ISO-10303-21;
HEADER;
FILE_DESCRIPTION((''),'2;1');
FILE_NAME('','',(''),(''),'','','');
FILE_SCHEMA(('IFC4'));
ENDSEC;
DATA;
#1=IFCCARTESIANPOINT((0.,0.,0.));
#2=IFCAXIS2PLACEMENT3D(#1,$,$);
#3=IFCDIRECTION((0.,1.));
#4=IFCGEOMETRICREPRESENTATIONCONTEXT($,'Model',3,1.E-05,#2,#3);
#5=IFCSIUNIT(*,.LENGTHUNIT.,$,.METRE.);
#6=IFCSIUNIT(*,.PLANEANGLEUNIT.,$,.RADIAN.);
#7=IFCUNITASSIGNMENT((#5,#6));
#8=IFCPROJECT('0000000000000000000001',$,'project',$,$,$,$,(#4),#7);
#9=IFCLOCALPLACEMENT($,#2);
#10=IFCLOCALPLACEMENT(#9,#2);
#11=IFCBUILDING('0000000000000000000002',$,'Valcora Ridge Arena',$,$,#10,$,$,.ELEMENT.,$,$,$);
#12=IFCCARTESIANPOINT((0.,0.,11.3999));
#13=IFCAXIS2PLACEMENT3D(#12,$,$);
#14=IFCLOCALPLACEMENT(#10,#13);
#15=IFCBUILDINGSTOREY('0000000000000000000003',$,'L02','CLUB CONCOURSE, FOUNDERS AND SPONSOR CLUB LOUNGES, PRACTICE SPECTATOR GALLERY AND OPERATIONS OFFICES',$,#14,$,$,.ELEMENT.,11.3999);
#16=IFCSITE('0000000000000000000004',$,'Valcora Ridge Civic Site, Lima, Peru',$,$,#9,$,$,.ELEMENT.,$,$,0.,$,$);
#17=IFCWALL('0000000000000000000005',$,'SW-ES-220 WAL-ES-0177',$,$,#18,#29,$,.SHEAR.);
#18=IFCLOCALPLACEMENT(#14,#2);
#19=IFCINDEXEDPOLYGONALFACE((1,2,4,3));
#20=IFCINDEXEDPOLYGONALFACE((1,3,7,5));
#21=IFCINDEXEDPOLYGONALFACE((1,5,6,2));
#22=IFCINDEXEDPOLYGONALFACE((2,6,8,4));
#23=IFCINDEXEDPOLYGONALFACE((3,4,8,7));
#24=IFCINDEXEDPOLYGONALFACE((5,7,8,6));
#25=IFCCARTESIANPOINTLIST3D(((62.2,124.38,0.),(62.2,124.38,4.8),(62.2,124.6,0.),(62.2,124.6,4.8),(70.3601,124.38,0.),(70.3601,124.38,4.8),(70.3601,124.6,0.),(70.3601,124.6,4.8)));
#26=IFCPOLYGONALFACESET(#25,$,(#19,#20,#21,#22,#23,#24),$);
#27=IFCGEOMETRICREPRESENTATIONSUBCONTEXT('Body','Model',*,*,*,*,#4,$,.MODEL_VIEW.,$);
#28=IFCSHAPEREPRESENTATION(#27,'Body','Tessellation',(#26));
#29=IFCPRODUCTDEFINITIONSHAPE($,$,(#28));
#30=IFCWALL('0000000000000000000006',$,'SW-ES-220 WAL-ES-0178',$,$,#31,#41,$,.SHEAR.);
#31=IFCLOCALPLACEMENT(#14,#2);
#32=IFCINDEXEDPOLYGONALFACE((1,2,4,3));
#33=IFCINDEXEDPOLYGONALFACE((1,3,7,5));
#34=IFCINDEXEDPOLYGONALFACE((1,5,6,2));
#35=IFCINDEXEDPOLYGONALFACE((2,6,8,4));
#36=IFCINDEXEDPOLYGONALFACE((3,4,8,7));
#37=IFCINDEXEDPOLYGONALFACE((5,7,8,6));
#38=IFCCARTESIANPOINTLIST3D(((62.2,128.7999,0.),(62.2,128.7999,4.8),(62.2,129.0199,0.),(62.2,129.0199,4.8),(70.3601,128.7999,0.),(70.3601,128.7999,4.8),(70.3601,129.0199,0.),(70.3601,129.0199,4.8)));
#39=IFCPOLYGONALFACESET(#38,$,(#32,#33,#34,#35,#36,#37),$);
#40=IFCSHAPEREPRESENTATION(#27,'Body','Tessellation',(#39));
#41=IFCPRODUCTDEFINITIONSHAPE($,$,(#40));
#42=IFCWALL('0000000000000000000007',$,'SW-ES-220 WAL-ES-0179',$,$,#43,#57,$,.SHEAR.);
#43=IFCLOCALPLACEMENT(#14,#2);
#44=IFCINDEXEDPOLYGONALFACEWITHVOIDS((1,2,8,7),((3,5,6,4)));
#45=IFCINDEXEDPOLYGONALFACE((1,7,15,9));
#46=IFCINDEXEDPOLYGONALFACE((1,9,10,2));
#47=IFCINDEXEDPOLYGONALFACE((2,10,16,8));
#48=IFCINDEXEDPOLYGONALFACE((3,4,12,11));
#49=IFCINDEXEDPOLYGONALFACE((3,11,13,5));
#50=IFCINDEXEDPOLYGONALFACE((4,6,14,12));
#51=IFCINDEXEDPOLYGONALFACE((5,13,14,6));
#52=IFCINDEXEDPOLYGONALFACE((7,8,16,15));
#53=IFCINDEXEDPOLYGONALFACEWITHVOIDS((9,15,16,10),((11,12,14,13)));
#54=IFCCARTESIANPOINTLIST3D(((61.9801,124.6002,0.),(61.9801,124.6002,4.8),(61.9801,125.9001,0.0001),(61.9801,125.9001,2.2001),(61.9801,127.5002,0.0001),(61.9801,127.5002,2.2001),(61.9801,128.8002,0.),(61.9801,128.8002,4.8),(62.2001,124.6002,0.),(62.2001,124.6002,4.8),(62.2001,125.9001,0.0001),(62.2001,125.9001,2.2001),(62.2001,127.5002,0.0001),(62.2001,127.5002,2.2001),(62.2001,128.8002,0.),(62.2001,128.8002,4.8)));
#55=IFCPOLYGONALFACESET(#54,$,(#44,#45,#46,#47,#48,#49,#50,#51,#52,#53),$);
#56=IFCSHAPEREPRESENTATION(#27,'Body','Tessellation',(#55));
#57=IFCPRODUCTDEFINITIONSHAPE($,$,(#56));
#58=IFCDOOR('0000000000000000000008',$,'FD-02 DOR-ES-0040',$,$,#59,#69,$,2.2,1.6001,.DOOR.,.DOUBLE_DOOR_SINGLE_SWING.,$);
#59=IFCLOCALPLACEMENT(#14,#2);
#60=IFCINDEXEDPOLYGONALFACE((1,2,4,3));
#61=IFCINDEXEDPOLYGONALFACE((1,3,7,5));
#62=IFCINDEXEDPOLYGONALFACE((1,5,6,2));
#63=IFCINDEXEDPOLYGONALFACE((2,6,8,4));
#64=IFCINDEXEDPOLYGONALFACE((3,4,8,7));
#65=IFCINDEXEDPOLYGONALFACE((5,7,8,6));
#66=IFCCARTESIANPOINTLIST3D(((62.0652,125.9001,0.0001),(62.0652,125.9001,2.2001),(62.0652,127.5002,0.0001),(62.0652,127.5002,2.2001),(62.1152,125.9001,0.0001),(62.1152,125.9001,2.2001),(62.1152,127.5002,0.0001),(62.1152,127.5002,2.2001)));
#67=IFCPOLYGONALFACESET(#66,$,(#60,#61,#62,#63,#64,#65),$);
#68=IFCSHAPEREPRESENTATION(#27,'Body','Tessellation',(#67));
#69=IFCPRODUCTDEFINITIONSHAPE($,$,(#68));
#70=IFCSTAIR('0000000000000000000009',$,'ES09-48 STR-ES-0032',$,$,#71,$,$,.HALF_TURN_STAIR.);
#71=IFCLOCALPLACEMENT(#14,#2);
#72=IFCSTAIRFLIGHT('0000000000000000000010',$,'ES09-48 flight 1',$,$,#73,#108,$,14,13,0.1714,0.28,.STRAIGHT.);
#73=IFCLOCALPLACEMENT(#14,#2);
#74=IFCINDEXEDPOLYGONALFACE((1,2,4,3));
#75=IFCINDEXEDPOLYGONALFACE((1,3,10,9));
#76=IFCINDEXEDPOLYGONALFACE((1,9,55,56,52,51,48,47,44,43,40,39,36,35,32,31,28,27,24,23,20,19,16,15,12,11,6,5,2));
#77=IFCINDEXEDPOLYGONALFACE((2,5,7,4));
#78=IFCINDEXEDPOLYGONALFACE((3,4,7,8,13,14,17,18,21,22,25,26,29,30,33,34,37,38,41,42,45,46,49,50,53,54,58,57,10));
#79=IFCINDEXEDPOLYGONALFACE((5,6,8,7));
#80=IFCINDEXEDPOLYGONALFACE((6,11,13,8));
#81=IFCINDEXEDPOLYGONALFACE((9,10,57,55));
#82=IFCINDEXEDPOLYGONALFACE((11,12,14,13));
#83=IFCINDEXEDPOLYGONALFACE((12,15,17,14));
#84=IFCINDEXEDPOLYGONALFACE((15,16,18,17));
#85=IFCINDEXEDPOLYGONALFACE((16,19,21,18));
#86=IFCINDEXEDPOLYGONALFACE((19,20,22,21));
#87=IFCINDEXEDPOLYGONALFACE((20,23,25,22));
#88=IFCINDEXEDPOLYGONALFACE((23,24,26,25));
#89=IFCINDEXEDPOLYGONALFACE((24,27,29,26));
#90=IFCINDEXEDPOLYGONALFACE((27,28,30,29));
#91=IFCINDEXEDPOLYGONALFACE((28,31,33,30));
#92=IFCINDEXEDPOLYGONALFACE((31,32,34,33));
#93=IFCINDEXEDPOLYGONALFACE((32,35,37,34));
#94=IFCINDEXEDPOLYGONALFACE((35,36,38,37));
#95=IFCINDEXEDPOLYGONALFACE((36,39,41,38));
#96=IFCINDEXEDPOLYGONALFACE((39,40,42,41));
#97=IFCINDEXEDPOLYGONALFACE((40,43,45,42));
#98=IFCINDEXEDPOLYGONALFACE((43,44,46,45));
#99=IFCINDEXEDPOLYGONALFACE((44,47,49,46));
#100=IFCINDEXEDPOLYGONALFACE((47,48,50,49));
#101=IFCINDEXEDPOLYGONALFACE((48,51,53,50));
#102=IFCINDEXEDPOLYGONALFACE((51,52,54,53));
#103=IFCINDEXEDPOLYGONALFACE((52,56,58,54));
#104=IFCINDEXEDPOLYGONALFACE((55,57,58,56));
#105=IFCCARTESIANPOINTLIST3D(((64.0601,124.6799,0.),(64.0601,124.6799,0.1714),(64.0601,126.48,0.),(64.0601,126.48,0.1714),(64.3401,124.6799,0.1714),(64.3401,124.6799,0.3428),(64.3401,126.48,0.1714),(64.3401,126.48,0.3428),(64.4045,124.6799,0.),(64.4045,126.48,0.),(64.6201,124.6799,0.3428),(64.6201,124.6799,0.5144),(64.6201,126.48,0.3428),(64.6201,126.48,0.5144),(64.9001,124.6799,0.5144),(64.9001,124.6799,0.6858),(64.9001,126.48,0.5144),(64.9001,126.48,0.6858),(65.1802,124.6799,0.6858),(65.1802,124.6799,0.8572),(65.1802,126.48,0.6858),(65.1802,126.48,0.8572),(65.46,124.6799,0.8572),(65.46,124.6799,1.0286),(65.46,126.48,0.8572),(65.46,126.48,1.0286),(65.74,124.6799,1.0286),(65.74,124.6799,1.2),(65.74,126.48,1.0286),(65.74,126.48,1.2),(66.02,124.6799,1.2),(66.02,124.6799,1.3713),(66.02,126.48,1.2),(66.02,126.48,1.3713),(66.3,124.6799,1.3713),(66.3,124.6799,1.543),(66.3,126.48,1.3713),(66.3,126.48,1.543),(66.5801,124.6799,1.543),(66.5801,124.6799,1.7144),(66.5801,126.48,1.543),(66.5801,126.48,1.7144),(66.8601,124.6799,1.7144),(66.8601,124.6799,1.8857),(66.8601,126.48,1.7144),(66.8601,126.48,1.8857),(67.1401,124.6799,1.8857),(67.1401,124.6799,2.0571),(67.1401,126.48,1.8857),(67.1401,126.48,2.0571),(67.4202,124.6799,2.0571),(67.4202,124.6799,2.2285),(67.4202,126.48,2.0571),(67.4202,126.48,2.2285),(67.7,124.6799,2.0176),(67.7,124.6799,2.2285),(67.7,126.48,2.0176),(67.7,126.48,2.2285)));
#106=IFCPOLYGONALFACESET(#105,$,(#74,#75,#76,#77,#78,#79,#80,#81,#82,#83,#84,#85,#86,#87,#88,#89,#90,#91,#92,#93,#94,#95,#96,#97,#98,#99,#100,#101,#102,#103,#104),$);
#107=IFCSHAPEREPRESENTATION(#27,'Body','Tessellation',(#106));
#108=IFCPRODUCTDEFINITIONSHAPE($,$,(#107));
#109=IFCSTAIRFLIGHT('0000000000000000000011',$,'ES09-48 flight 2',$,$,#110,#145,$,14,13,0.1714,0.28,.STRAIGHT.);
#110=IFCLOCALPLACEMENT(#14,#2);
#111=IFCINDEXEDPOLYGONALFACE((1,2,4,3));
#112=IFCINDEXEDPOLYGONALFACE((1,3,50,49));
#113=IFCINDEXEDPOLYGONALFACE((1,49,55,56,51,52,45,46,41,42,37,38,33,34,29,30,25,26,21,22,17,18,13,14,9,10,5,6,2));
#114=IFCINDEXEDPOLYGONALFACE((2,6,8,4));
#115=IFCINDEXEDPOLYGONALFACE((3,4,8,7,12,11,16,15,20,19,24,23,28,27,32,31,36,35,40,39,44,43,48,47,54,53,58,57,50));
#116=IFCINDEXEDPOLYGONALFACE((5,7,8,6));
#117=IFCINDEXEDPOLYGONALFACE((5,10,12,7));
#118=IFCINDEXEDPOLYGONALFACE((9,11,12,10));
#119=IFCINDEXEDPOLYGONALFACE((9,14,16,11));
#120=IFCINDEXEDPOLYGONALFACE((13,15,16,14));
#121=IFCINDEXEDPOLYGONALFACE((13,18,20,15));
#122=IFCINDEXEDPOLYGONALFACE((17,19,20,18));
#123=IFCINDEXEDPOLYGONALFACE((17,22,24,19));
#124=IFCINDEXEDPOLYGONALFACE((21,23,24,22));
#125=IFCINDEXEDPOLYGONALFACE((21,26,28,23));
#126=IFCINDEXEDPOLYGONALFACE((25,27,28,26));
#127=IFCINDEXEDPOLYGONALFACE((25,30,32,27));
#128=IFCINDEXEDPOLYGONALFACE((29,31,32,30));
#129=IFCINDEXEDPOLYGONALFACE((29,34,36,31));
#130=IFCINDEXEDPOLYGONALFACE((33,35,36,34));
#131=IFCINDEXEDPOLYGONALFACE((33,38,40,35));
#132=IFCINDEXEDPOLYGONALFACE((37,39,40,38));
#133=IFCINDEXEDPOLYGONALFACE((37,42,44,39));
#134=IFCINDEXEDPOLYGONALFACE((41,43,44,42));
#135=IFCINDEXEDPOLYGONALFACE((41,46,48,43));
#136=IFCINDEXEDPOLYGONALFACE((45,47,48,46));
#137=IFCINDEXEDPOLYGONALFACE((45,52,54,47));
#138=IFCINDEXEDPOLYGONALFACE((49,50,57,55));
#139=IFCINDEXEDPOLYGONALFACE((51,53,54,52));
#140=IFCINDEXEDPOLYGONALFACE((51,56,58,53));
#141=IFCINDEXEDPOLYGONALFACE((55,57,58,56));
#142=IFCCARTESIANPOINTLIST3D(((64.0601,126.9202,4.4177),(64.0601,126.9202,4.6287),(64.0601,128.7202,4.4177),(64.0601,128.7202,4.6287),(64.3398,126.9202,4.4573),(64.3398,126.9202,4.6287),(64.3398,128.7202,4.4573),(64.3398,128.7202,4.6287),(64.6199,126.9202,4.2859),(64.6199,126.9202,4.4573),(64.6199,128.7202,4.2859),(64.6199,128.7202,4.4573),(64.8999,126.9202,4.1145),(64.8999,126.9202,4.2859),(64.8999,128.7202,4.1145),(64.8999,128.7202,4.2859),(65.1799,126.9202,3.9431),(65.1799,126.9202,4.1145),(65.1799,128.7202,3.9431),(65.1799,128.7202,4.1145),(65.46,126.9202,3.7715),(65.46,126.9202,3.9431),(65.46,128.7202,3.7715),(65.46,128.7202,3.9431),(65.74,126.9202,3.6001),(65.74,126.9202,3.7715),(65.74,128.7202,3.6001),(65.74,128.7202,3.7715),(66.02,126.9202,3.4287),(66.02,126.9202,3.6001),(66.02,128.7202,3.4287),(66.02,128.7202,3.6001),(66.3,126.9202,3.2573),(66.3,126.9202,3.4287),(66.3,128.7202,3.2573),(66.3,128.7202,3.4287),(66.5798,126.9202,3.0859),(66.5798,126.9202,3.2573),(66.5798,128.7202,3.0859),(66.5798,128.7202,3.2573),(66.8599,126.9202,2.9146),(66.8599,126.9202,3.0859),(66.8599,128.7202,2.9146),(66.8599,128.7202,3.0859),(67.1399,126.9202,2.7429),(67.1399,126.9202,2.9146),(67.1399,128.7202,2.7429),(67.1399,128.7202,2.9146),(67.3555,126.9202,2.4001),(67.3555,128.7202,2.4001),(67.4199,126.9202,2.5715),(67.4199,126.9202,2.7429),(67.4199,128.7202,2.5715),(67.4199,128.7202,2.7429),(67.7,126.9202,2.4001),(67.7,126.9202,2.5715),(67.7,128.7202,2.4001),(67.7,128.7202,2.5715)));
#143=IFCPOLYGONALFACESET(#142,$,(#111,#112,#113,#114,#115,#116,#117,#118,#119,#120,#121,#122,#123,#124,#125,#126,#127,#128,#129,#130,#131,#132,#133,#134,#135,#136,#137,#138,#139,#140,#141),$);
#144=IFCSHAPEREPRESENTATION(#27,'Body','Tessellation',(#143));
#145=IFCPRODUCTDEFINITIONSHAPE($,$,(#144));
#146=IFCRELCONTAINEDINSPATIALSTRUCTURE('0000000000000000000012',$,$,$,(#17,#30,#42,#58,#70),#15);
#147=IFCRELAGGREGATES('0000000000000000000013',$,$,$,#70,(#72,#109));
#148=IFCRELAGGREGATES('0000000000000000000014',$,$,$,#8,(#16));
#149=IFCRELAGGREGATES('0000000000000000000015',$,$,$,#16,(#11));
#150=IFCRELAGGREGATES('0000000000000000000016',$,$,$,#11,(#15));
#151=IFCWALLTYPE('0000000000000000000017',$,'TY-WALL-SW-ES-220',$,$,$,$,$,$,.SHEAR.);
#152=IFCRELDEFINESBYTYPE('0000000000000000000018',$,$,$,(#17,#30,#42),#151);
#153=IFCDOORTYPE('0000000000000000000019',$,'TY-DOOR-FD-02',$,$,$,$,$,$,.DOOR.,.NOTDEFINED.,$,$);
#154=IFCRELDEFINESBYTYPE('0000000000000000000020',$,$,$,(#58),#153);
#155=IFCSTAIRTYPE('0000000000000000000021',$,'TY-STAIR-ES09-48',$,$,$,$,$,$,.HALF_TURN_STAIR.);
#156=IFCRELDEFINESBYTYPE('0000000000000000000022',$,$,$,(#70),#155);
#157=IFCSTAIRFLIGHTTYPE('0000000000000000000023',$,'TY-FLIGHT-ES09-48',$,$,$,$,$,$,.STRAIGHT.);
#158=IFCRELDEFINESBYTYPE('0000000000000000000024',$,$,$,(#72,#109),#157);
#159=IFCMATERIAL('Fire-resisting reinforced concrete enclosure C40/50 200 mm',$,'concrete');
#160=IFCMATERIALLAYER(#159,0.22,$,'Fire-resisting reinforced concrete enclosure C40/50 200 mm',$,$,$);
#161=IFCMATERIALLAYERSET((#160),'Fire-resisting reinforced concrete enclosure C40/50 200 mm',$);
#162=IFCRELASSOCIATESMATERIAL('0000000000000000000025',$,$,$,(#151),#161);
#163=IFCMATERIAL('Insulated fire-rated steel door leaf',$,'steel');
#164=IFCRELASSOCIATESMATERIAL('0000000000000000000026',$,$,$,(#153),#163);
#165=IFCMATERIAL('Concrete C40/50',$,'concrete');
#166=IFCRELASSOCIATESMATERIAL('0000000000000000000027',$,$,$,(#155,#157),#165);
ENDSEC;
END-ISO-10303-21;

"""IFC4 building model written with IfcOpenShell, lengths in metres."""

from ifc_helpers import new_model, si_unit, direction, frame, frame_2d, origin, place, context, subcontext, project, spatial, polyline, rectangle, outline, extrude, material, layer, layer_set, type_object, element, fill, aggregate, save


model = new_model("IFC4")

# Units and contexts
model_context = context("Model", 3, precision=1e-05, world=origin(), true_north=direction((0.0, 1.0)))
body_context = subcontext(model_context, "Body", "Model", "MODEL_VIEW")
ifc_project = project(units=[si_unit("LENGTHUNIT", "METRE"), si_unit("PLANEANGLEUNIT", "RADIAN")], contexts=[model_context])

# Site, building, storey
site_placement = place(None, origin())
site = spatial("IfcSite", under=ifc_project, at=site_placement, Name="Valcora Ridge Civic Site, Lima, Peru", CompositionType="ELEMENT", RefElevation=0.0)
building_placement = place(site_placement, origin())
building = spatial("IfcBuilding", under=site, at=building_placement, Name="Valcora Ridge Arena", CompositionType="ELEMENT")
storey_placement = place(building_placement, frame((0.0, 0.0, 11.3999)))
storey = spatial("IfcBuildingStorey", under=building, at=storey_placement, Name="L02", Description="CLUB CONCOURSE, FOUNDERS AND SPONSOR CLUB LOUNGES, PRACTICE SPECTATOR GALLERY AND OPERATIONS OFFICES", CompositionType="ELEMENT", Elevation=11.3999)

# Shared definitions
ifc_material_1 = material(Name="Concrete C40/50", Category="concrete")

# Walls
ifc_material_2 = material(Name="Fire-resisting reinforced concrete enclosure C40/50 200 mm", Category="concrete")
ifc_layer_1 = layer(ifc_material_2, 0.22, Name="Fire-resisting reinforced concrete enclosure C40/50 200 mm")
ifc_layer_set_1 = layer_set([ifc_layer_1], Name="Fire-resisting reinforced concrete enclosure C40/50 200 mm")
wall_type_1 = type_object("IfcWallType", Name="TY-WALL-SW-ES-220", PredefinedType="SHEAR", material=ifc_layer_set_1)
for number, where, z_axis, x_axis, name in (
    (1, (62.2, 124.49, 0.0), (0.0, 0.0, 1.0), (1.0, 0.0, 0.0), "SW-ES-220 WAL-ES-0177"),
    (2, (62.2, 128.9099, 0.0), (0.0, 0.0, 1.0), (1.0, 0.0, 0.0), "SW-ES-220 WAL-ES-0178"),
):
    element("IfcWall", number, at=place(storey_placement, frame(where, z_axis=z_axis, x_axis=x_axis)), inside=storey, type_object=wall_type_1, Name=name, PredefinedType="SHEAR", context=body_context, shape_type="SweptSolid", body=[
        extrude(rectangle(XDim=8.1602, YDim=0.22, at=frame_2d((4.0801, 0.0))), origin(), (0.0, 0.0, 1.0), 4.8),
    ])

# Wall, opening, door
wall_1_placement = place(storey_placement, frame((62.0901, 124.6001, 0.0), z_axis=(0.0, 0.0, 1.0), x_axis=(0.0, 1.0, 0.0)))
wall_1 = element("IfcWall", 3, at=wall_1_placement, inside=storey, type_object=wall_type_1, Name="SW-ES-220 WAL-ES-0179", PredefinedType="SHEAR", context=body_context, shape_type="SweptSolid", body=[
    extrude(rectangle(XDim=4.2, YDim=0.22, at=frame_2d((2.1001, 0.0))), origin(), (0.0, 0.0, 1.0), 4.8),
])
opening_1_placement = place(wall_1_placement, frame((1.3, 0.0, 0.0)))
opening_1 = element("IfcOpeningElement", 4, at=opening_1_placement, cuts=wall_1, PredefinedType="OPENING", context=body_context, shape_type="SweptSolid", body=[
    extrude(rectangle(XDim=1.6001, YDim=2.2, at=frame_2d((0.8, 1.1001))), frame((0.0, 0.1199, 0.0), z_axis=(0.0, -1.0, 0.0), x_axis=(1.0, 0.0, 0.0)), (0.0, 0.0, 1.0), 0.24),
])
ifc_material_3 = material(Name="Insulated fire-rated steel door leaf", Category="steel")
door_type = type_object("IfcDoorType", Name="TY-DOOR-FD-02", OperationType="NOTDEFINED", PredefinedType="DOOR", material=ifc_material_3)
door_placement = place(opening_1_placement, origin())
door = element("IfcDoor", 5, at=door_placement, inside=storey, type_object=door_type, Name="FD-02 DOR-ES-0040", OperationType="DOUBLE_DOOR_SINGLE_SWING", OverallHeight=2.2, OverallWidth=1.6001, PredefinedType="DOOR", context=body_context, shape_type="SweptSolid", body=[
    extrude(rectangle(XDim=1.6001, YDim=2.2, at=frame_2d((0.8, 1.1001))), frame((0.0, 0.0249, 0.0), z_axis=(0.0, -1.0, 0.0), x_axis=(1.0, 0.0, 0.0)), (0.0, 0.0, 1.0), 0.05),
])
fill(opening_1, door)

# Stair, stair flights
stair_type = type_object("IfcStairType", Name="TY-STAIR-ES09-48", PredefinedType="HALF_TURN_STAIR", material=ifc_material_1)
stair_placement = place(storey_placement, origin())
stair = element("IfcStair", 6, at=stair_placement, inside=storey, type_object=stair_type, Name="ES09-48 STR-ES-0032", PredefinedType="HALF_TURN_STAIR")
stair_flight_type = type_object("IfcStairFlightType", Name="TY-FLIGHT-ES09-48", PredefinedType="STRAIGHT", material=ifc_material_1)
stair_flight_1_placement = place(storey_placement, frame((64.0601, 125.5801, 0.0), z_axis=(0.0, 0.0, 1.0), x_axis=(1.0, 0.0, 0.0)))
stair_flight_1 = element("IfcStairFlight", 7, at=stair_flight_1_placement, type_object=stair_flight_type, Name="ES09-48 flight 1", NumberOfRisers=14, NumberOfTreads=13, PredefinedType="STRAIGHT", RiserHeight=0.1714, TreadLength=0.28, context=body_context, shape_type="SweptSolid", body=[
    extrude(outline(polyline([(0.0, 0.0), (0.0, 0.1714), (0.28, 0.1714), (0.28, 0.3428), (0.5601, 0.3428), (0.5601, 0.5144), (0.8401, 0.5144), (0.8401, 0.6858), (1.1201, 0.6858), (1.1201, 0.8572), (1.3999, 0.8572), (1.3999, 1.0286), (1.6799, 1.0286), (1.6799, 1.2), (1.96, 1.2), (1.96, 1.3713), (2.24, 1.3713), (2.24, 1.543), (2.52, 1.543), (2.52, 1.7144), (2.8, 1.7144), (2.8, 1.8857), (3.0801, 1.8857), (3.0801, 2.0571), (3.3601, 2.0571), (3.3601, 2.2285), (3.6399, 2.2285), (3.6399, 2.3999), (3.6399, 2.0176), (0.3445, 0.0), (0.0, 0.0)])), frame((0.0, 0.8999, 0.0), z_axis=(0.0, -1.0, 0.0), x_axis=(1.0, 0.0, 0.0)), (0.0, 0.0, 1.0), 1.8),
])
stair_flight_2_placement = place(storey_placement, frame((67.7, 127.8201, 2.4001), z_axis=(0.0, 0.0, 1.0), x_axis=(-1.0, 0.0, 0.0)))
stair_flight_2 = element("IfcStairFlight", 8, at=stair_flight_2_placement, type_object=stair_flight_type, Name="ES09-48 flight 2", NumberOfRisers=14, NumberOfTreads=13, PredefinedType="STRAIGHT", RiserHeight=0.1714, TreadLength=0.28, context=body_context, shape_type="SweptSolid", body=[
    extrude(outline(polyline([(0.0, 0.0), (0.0, 0.1714), (0.28, 0.1714), (0.28, 0.3428), (0.5601, 0.3428), (0.5601, 0.5144), (0.8401, 0.5144), (0.8401, 0.6858), (1.1201, 0.6858), (1.1201, 0.8572), (1.3999, 0.8572), (1.3999, 1.0286), (1.6799, 1.0286), (1.6799, 1.2), (1.96, 1.2), (1.96, 1.3713), (2.24, 1.3713), (2.24, 1.543), (2.52, 1.543), (2.52, 1.7144), (2.8, 1.7144), (2.8, 1.8857), (3.0801, 1.8857), (3.0801, 2.0571), (3.3601, 2.0571), (3.3601, 2.2285), (3.6399, 2.2285), (3.6399, 2.3999), (3.6399, 2.0176), (0.3445, 0.0), (0.0, 0.0)])), frame((0.0, 0.8999, 0.0), z_axis=(0.0, -1.0, 0.0), x_axis=(1.0, 0.0, 0.0)), (0.0, 0.0, 1.0), 1.8),
])
aggregate(stair, [stair_flight_1, stair_flight_2])

save(model, "model.ifc")
